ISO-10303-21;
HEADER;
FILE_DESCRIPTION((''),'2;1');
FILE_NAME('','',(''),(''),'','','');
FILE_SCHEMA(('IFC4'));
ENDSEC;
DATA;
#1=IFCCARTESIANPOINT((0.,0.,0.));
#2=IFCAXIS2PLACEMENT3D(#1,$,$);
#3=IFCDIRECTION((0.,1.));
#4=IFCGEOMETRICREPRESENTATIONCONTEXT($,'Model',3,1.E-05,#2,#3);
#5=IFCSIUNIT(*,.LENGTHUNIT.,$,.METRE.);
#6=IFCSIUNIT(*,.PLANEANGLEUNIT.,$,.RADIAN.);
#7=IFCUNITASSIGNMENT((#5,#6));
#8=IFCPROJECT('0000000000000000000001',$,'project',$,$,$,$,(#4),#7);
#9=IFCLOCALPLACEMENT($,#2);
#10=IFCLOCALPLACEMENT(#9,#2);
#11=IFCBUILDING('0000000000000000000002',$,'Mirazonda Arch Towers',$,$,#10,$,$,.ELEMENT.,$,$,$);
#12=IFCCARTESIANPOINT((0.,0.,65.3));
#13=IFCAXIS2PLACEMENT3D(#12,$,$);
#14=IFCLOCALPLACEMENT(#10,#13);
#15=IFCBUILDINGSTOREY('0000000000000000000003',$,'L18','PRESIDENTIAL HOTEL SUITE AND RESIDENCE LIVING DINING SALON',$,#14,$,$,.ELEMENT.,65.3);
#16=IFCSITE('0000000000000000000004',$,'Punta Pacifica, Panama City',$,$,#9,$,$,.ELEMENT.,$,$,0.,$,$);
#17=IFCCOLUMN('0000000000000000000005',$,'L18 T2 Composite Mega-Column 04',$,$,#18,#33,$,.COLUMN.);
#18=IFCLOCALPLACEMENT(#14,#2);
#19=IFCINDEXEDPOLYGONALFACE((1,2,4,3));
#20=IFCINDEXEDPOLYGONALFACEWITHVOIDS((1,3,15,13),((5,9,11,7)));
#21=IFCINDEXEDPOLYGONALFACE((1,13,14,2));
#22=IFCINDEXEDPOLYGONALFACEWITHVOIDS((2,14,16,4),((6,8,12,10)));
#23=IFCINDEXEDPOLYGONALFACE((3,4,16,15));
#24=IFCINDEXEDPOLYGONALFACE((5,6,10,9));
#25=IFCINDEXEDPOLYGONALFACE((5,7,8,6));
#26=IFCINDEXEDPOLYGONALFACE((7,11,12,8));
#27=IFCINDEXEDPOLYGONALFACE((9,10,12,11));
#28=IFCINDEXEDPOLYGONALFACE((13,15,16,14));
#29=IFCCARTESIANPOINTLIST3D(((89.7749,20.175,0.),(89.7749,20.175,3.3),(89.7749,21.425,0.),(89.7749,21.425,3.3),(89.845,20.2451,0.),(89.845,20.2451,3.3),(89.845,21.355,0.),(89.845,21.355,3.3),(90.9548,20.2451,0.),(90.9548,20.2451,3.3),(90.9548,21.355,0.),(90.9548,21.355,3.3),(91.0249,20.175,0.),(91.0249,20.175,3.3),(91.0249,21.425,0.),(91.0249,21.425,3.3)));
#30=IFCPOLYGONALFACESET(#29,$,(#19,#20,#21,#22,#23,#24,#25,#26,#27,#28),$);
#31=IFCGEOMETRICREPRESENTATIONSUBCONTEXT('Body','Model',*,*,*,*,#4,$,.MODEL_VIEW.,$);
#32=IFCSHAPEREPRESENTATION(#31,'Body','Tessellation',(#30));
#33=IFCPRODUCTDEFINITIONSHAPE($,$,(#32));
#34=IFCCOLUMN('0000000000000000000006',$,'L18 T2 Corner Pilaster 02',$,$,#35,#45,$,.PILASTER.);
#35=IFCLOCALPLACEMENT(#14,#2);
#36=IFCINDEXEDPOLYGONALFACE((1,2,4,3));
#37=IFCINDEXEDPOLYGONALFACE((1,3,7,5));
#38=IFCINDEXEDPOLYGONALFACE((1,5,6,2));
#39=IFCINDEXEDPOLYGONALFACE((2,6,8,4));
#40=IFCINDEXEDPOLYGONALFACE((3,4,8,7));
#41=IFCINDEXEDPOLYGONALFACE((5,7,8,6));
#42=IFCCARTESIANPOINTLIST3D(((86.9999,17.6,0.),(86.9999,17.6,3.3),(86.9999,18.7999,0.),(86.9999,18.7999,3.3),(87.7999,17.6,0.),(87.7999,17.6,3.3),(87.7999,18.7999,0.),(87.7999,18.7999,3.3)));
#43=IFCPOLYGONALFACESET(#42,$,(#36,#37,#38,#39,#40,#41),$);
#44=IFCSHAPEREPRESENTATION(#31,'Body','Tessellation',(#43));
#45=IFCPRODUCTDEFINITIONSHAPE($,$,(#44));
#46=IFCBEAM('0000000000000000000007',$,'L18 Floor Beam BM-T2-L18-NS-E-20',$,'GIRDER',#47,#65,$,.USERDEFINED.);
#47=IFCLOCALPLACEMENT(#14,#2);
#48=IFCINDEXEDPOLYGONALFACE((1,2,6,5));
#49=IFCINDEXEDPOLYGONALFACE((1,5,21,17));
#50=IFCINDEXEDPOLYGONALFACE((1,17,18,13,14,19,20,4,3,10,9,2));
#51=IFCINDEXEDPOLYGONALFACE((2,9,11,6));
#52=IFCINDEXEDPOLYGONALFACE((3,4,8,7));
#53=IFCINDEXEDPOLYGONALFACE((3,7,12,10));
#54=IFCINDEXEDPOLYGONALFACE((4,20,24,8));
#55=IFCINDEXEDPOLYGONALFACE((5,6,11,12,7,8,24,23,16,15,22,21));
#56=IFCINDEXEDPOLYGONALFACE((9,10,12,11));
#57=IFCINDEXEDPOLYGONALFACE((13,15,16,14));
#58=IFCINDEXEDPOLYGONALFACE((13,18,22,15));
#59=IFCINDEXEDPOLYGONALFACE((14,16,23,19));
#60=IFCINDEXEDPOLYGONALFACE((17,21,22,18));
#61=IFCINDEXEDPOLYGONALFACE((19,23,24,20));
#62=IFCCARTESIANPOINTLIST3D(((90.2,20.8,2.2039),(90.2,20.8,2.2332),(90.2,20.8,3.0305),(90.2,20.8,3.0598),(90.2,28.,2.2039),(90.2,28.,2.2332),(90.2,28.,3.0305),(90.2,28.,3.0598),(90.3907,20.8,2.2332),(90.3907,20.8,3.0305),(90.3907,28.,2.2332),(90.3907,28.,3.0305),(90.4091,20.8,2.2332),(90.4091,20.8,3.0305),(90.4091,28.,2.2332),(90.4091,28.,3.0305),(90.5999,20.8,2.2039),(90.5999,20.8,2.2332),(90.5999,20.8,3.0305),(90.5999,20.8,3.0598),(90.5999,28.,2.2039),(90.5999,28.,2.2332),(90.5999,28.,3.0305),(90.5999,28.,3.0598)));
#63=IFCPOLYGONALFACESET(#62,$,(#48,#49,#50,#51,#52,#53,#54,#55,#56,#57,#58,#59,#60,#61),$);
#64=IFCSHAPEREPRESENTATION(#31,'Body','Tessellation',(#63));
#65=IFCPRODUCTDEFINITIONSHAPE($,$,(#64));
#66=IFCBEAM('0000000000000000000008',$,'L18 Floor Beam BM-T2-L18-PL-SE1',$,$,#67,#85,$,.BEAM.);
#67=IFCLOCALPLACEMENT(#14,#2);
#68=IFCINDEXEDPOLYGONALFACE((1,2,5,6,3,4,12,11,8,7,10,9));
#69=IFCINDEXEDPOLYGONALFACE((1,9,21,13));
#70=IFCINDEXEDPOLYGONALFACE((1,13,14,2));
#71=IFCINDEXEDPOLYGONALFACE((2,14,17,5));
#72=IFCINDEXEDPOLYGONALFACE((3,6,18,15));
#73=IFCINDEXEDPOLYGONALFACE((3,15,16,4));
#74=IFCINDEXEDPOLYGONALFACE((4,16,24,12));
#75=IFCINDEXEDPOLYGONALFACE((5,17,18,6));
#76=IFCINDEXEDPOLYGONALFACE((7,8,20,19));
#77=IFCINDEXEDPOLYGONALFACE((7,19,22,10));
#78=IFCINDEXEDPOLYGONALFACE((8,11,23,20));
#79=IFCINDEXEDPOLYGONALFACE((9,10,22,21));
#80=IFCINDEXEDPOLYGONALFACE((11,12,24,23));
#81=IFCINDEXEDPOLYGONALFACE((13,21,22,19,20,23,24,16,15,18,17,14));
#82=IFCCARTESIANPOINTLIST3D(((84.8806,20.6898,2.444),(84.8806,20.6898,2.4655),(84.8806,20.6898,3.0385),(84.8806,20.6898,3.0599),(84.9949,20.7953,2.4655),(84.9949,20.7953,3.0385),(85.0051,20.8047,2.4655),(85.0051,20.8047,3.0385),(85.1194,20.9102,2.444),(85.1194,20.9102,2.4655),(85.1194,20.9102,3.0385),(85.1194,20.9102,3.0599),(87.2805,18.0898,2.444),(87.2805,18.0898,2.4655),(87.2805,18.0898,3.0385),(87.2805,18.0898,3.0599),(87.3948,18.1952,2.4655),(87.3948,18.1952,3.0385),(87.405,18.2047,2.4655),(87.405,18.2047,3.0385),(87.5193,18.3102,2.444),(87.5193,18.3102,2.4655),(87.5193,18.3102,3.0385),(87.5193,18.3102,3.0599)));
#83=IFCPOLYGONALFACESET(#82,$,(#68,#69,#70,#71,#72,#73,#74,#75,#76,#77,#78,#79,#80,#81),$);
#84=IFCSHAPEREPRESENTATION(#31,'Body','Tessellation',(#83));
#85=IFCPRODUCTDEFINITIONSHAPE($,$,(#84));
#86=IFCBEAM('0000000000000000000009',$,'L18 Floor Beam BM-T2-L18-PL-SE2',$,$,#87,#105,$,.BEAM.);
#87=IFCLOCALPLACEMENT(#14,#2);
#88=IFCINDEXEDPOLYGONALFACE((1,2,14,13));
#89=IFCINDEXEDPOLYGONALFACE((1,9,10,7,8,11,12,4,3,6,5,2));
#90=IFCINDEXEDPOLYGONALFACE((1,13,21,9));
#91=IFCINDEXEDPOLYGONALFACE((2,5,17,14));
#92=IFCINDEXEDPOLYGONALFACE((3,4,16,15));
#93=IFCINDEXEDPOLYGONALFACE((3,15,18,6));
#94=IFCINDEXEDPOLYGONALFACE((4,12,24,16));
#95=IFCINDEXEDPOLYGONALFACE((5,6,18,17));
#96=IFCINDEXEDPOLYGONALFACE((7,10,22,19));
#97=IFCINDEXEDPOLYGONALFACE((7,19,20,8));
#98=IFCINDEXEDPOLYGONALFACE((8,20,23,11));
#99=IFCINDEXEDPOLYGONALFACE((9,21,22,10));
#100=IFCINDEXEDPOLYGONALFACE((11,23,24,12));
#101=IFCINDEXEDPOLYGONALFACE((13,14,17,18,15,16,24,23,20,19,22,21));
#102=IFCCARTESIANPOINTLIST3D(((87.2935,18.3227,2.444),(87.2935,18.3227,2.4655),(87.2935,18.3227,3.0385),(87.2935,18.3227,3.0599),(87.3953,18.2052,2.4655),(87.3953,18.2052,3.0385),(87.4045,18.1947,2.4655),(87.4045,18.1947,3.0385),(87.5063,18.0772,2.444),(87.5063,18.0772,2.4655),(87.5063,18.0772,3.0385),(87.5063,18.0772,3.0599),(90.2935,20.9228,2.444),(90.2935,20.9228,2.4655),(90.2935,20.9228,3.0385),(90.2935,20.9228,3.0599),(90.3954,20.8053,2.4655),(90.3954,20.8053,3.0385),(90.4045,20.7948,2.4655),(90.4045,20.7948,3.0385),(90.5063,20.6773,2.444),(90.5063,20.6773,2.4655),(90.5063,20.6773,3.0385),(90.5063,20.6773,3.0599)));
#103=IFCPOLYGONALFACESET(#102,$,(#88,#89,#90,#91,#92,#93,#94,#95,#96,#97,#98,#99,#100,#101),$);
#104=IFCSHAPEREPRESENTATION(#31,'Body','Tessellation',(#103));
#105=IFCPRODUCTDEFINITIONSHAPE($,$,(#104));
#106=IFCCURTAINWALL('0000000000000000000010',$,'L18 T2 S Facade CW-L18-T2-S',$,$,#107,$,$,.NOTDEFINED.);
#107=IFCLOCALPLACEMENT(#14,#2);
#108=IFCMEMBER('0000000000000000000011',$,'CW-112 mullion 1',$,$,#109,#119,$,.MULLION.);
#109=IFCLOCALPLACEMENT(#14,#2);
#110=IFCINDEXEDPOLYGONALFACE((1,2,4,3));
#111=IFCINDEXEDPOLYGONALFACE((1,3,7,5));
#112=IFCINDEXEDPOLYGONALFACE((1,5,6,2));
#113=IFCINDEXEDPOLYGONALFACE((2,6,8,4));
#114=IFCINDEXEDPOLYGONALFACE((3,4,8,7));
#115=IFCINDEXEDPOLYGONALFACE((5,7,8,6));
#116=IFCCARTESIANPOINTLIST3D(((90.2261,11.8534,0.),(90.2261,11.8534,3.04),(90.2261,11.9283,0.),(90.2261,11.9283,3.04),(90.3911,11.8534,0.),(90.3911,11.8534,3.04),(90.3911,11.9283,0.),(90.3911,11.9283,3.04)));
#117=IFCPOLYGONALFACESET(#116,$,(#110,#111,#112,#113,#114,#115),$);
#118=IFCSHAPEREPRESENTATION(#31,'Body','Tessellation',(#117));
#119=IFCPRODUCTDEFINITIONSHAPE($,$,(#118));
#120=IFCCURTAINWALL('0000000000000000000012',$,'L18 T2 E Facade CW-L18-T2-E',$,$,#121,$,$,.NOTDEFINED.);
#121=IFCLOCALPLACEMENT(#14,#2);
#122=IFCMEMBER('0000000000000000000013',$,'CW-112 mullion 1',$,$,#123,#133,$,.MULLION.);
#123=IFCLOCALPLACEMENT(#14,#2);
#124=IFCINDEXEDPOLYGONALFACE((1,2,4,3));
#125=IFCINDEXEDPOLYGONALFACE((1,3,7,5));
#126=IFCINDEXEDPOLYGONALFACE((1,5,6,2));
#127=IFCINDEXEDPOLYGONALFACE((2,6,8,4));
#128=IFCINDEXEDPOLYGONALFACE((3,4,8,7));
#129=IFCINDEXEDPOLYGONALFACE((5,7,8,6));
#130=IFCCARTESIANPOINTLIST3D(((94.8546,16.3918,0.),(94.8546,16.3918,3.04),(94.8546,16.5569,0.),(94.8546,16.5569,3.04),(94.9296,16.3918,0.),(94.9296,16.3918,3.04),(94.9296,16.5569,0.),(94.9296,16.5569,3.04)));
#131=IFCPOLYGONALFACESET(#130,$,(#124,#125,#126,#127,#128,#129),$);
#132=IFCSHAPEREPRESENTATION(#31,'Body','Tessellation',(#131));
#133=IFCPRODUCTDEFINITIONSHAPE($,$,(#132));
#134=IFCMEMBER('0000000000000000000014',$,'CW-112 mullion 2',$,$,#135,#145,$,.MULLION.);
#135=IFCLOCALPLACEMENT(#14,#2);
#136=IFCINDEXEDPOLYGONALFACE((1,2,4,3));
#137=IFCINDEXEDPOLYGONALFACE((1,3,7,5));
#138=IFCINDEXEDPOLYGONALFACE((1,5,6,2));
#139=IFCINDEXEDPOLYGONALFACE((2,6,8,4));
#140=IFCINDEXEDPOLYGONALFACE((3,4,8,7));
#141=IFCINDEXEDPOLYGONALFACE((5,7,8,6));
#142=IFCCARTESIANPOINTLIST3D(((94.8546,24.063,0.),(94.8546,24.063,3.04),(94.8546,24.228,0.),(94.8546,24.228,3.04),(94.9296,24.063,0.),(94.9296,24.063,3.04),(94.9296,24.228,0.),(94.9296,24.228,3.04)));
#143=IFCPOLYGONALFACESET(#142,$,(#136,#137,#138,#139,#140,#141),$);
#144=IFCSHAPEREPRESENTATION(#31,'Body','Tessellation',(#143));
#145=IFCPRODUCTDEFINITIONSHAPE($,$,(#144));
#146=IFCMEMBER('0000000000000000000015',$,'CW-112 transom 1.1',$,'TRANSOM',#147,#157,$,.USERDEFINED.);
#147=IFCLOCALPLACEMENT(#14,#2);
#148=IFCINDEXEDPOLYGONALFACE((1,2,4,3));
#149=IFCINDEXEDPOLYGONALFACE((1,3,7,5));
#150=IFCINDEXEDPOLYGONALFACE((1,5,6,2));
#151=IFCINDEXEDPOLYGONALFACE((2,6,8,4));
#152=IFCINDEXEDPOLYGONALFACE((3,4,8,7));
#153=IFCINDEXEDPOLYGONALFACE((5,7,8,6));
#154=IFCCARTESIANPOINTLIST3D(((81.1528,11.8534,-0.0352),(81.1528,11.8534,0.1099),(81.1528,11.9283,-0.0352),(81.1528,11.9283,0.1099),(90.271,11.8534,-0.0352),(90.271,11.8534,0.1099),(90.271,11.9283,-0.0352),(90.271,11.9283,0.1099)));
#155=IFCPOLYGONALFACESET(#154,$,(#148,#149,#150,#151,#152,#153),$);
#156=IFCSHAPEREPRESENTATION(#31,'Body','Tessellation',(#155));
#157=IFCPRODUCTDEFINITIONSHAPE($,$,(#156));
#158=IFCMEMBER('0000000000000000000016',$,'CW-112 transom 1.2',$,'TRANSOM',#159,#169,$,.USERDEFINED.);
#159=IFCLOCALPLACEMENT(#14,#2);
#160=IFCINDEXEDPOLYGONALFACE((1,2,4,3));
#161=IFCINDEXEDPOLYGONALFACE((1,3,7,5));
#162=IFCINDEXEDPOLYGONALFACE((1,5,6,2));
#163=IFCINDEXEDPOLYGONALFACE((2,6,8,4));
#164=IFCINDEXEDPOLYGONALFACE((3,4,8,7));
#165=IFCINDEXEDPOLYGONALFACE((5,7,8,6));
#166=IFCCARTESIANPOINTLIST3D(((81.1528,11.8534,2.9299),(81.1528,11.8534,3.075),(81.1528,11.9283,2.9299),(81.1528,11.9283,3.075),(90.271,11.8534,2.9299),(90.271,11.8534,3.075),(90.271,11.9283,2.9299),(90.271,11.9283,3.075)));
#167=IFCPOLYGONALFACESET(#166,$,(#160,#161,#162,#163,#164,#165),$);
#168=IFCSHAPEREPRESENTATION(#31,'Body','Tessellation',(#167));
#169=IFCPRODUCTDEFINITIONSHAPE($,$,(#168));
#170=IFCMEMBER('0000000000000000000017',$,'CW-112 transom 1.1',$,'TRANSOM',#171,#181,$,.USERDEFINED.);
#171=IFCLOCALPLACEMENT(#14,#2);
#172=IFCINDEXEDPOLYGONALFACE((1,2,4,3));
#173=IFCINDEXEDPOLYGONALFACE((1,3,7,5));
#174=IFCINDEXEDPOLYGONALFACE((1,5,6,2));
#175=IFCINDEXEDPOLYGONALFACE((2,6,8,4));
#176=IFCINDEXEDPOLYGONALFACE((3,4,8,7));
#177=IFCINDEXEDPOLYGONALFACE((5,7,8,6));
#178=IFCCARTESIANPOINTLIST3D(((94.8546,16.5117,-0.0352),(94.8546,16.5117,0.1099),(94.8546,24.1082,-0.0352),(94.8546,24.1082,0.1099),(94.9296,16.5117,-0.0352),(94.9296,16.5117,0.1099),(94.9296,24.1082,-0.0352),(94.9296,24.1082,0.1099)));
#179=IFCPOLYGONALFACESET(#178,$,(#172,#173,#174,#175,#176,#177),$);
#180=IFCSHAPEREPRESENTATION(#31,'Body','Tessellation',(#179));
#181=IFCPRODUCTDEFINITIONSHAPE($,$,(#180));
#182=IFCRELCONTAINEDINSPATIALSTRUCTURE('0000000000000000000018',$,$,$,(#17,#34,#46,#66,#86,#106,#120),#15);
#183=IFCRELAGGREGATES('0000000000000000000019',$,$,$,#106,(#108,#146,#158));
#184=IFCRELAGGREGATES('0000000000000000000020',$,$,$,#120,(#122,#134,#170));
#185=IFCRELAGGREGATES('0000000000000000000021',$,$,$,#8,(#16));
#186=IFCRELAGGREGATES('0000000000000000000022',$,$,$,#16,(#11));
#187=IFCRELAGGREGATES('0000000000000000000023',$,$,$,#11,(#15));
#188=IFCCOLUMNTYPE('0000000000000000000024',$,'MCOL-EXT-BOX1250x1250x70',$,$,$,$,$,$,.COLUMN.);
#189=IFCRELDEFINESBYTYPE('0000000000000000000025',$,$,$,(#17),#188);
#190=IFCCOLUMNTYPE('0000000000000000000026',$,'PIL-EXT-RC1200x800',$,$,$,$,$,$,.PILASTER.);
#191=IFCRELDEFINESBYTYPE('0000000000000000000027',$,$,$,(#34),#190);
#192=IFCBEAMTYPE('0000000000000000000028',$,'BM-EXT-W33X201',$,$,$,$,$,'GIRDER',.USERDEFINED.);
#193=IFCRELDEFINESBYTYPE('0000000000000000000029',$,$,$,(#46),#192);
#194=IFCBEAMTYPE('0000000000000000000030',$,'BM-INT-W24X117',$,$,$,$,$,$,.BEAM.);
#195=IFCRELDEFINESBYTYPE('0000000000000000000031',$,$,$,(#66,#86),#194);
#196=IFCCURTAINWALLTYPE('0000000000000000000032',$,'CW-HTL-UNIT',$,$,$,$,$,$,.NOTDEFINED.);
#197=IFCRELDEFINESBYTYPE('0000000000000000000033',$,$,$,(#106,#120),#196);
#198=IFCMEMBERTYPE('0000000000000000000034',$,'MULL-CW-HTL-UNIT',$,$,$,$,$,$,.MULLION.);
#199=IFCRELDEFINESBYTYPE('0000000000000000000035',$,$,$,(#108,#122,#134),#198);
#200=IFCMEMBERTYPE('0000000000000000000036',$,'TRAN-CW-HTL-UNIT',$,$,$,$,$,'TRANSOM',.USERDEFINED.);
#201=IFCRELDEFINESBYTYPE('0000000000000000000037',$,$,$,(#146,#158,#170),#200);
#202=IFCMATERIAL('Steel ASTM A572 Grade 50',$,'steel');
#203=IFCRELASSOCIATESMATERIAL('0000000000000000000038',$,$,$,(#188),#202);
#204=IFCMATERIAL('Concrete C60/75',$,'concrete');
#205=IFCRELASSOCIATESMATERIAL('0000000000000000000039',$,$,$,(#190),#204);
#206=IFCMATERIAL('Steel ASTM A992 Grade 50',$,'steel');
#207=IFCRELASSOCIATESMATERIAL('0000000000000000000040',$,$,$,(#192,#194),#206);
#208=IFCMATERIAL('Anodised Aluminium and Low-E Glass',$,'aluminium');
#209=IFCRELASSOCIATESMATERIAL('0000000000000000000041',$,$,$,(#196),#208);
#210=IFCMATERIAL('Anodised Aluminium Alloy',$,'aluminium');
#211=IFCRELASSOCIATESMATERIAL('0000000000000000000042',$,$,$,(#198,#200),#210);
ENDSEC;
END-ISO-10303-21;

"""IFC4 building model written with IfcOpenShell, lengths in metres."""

from ifc_helpers import new_model, si_unit, direction, frame, origin, origin_2d, place, context, subcontext, project, spatial, rectangle, hollow_rectangle, i_section, extrude, material, material_profile, profile_set, type_object, element, aggregate, save


model = new_model("IFC4")

# Units and contexts
model_context = context("Model", 3, precision=1e-05, world=origin(), true_north=direction((0.0, 1.0)))
body_context = subcontext(model_context, "Body", "Model", "MODEL_VIEW")
ifc_project = project(units=[si_unit("LENGTHUNIT", "METRE"), si_unit("PLANEANGLEUNIT", "RADIAN")], contexts=[model_context])

# Site, building, storey
site_placement = place(None, origin())
site = spatial("IfcSite", under=ifc_project, at=site_placement, Name="Punta Pacifica, Panama City", CompositionType="ELEMENT", RefElevation=0.0)
building_placement = place(site_placement, origin())
building = spatial("IfcBuilding", under=site, at=building_placement, Name="Mirazonda Arch Towers", CompositionType="ELEMENT")
storey_placement = place(building_placement, frame((0.0, 0.0, 65.3)))
storey = spatial("IfcBuildingStorey", under=building, at=storey_placement, Name="L18", Description="PRESIDENTIAL HOTEL SUITE AND RESIDENCE LIVING DINING SALON", CompositionType="ELEMENT", Elevation=65.3)

# Columns
ifc_material_1 = material(Name="Steel ASTM A572 Grade 50", Category="steel")
ifc_material_profile_1 = material_profile(ifc_material_1, hollow_rectangle(XDim=1.25, YDim=1.25, WallThickness=0.0701, at=origin_2d()), Name="BOX1250x1250x70")
ifc_profile_set_1 = profile_set([ifc_material_profile_1], Name="Steel ASTM A572 Grade 50")
column_type_1 = type_object("IfcColumnType", Name="MCOL-EXT-BOX1250x1250x70", PredefinedType="COLUMN", material=ifc_profile_set_1)
column_1_placement = place(storey_placement, frame((90.3999, 20.8, 0.0), z_axis=(0.0, 0.0, 1.0), x_axis=(1.0, 0.0, 0.0)))
element("IfcColumn", 1, at=column_1_placement, inside=storey, type_object=column_type_1, Name="L18 T2 Composite Mega-Column 04", PredefinedType="COLUMN", context=body_context, shape_type="SweptSolid", body=[
    extrude(hollow_rectangle(XDim=1.25, YDim=1.25, WallThickness=0.0701, at=origin_2d()), origin(), (0.0, 0.0, 1.0), 3.3),
])
ifc_material_2 = material(Name="Concrete C60/75", Category="concrete")
ifc_material_profile_2 = material_profile(ifc_material_2, rectangle(XDim=0.8, YDim=1.2, at=origin_2d()), Name="RC1200x800")
ifc_profile_set_2 = profile_set([ifc_material_profile_2], Name="Concrete C60/75")
column_type_2 = type_object("IfcColumnType", Name="PIL-EXT-RC1200x800", PredefinedType="PILASTER", material=ifc_profile_set_2)
column_2_placement = place(storey_placement, frame((87.3999, 18.2, 0.0), z_axis=(0.0, 0.0, 1.0), x_axis=(1.0, 0.0, 0.0)))
element("IfcColumn", 2, at=column_2_placement, inside=storey, type_object=column_type_2, Name="L18 T2 Corner Pilaster 02", PredefinedType="PILASTER", context=body_context, shape_type="SweptSolid", body=[
    extrude(rectangle(XDim=0.8, YDim=1.2, at=origin_2d()), origin(), (0.0, 0.0, 1.0), 3.3),
])

# Beams
ifc_material_3 = material(Name="Steel ASTM A992 Grade 50", Category="steel")
ifc_material_profile_3 = material_profile(ifc_material_3, i_section(OverallWidth=0.3999, OverallDepth=0.856, WebThickness=0.0183, FlangeThickness=0.0293, at=origin_2d()), Name="W33X201")
ifc_profile_set_3 = profile_set([ifc_material_profile_3], Name="Steel ASTM A992 Grade 50")
beam_type_1 = type_object("IfcBeamType", Name="BM-EXT-W33X201", ElementType="GIRDER", PredefinedType="USERDEFINED", material=ifc_profile_set_3)
beam_1_placement = place(storey_placement, frame((90.3999, 20.8, 2.6318), z_axis=(0.0, 1.0, 0.0), x_axis=(-1.0, 0.0, 0.0)))
element("IfcBeam", 3, at=beam_1_placement, inside=storey, type_object=beam_type_1, Name="L18 Floor Beam BM-T2-L18-NS-E-20", ObjectType="GIRDER", PredefinedType="USERDEFINED", context=body_context, shape_type="SweptSolid", body=[
    extrude(i_section(OverallWidth=0.3999, OverallDepth=0.856, WebThickness=0.0183, FlangeThickness=0.0293, at=origin_2d()), origin(), (0.0, 0.0, 1.0), 7.2),
])
ifc_material_profile_4 = material_profile(ifc_material_3, i_section(OverallWidth=0.325, OverallDepth=0.616, WebThickness=0.0139, FlangeThickness=0.0215, at=origin_2d()), Name="W24X117")
ifc_profile_set_4 = profile_set([ifc_material_profile_4], Name="Steel ASTM A992 Grade 50")
beam_type_2 = type_object("IfcBeamType", Name="BM-INT-W24X117", PredefinedType="BEAM", material=ifc_profile_set_4)
beam_2_placement = place(storey_placement, frame((87.3999, 18.2, 2.752), z_axis=(-0.678251, 0.73483, 0.0), x_axis=(-0.73483, -0.678251, 0.0)))
element("IfcBeam", 4, at=beam_2_placement, inside=storey, type_object=beam_type_2, Name="L18 Floor Beam BM-T2-L18-PL-SE1", PredefinedType="BEAM", context=body_context, shape_type="SweptSolid", body=[
    extrude(i_section(OverallWidth=0.325, OverallDepth=0.616, WebThickness=0.0139, FlangeThickness=0.0215, at=origin_2d()), origin(), (0.0, 0.0, 1.0), 3.5383),
])
beam_3_placement = place(storey_placement, frame((87.3999, 18.2, 2.752), z_axis=(0.755677, 0.654945, 0.0), x_axis=(-0.654945, 0.755677, 0.0)))
element("IfcBeam", 5, at=beam_3_placement, inside=storey, type_object=beam_type_2, Name="L18 Floor Beam BM-T2-L18-PL-SE2", PredefinedType="BEAM", context=body_context, shape_type="SweptSolid", body=[
    extrude(i_section(OverallWidth=0.325, OverallDepth=0.616, WebThickness=0.0139, FlangeThickness=0.0215, at=origin_2d()), origin(), (0.0, 0.0, 1.0), 3.97),
])

# Curtain wall, member
ifc_material_4 = material(Name="Anodised Aluminium and Low-E Glass", Category="aluminium")
curtain_wall_type = type_object("IfcCurtainWallType", Name="CW-HTL-UNIT", PredefinedType="NOTDEFINED", material=ifc_material_4)
curtain_wall_1_placement = place(storey_placement, origin())
curtain_wall_1 = element("IfcCurtainWall", 6, at=curtain_wall_1_placement, inside=storey, type_object=curtain_wall_type, Name="L18 T2 S Facade CW-L18-T2-S", PredefinedType="NOTDEFINED")
ifc_material_5 = material(Name="Anodised Aluminium Alloy", Category="aluminium")
ifc_material_profile_5 = material_profile(ifc_material_5, rectangle(XDim=0.075, YDim=0.165, at=origin_2d()), Name="ALU-MULL-75x165")
ifc_profile_set_5 = profile_set([ifc_material_profile_5], Name="Anodised Aluminium Alloy")
member_type_1 = type_object("IfcMemberType", Name="MULL-CW-HTL-UNIT", PredefinedType="MULLION", material=ifc_profile_set_5)
member_1_placement = place(storey_placement, frame((90.3086, 11.8909, 0.0), z_axis=(0.0, 0.0, 1.0), x_axis=(0.0, -1.0, 0.0)))
member_1 = element("IfcMember", 7, at=member_1_placement, type_object=member_type_1, Name="CW-112 mullion 1", PredefinedType="MULLION", context=body_context, shape_type="SweptSolid", body=[
    extrude(rectangle(XDim=0.075, YDim=0.165, at=origin_2d()), origin(), (0.0, 0.0, 1.0), 3.04),
])

# Curtain wall, members
curtain_wall_2_placement = place(storey_placement, origin())
curtain_wall_2 = element("IfcCurtainWall", 8, at=curtain_wall_2_placement, inside=storey, type_object=curtain_wall_type, Name="L18 T2 E Facade CW-L18-T2-E", PredefinedType="NOTDEFINED")
member_2_placement = place(storey_placement, frame((94.8921, 16.4744, 0.0), z_axis=(0.0, 0.0, 1.0), x_axis=(-1.0, 0.0, 0.0)))
member_2 = element("IfcMember", 9, at=member_2_placement, type_object=member_type_1, Name="CW-112 mullion 1", PredefinedType="MULLION", context=body_context, shape_type="SweptSolid", body=[
    extrude(rectangle(XDim=0.075, YDim=0.165, at=origin_2d()), origin(), (0.0, 0.0, 1.0), 3.04),
])
member_3_placement = place(storey_placement, frame((94.8921, 24.1455, 0.0), z_axis=(0.0, 0.0, 1.0), x_axis=(-1.0, 0.0, 0.0)))
member_3 = element("IfcMember", 10, at=member_3_placement, type_object=member_type_1, Name="CW-112 mullion 2", PredefinedType="MULLION", context=body_context, shape_type="SweptSolid", body=[
    extrude(rectangle(XDim=0.075, YDim=0.165, at=origin_2d()), origin(), (0.0, 0.0, 1.0), 3.04),
])

# Members
ifc_material_profile_6 = material_profile(ifc_material_5, rectangle(XDim=0.075, YDim=0.145, at=origin_2d()), Name="ALU-TRAN-75x145")
ifc_profile_set_6 = profile_set([ifc_material_profile_6], Name="Anodised Aluminium Alloy")
member_type_2 = type_object("IfcMemberType", Name="TRAN-CW-HTL-UNIT", ElementType="TRANSOM", PredefinedType="USERDEFINED", material=ifc_profile_set_6)
member_4_placement = place(storey_placement, frame((90.271, 11.8909, 0.0374), z_axis=(-1.0, 0.0, 0.0), x_axis=(0.0, -1.0, 0.0)))
member_4 = element("IfcMember", 11, at=member_4_placement, type_object=member_type_2, Name="CW-112 transom 1.1", ObjectType="TRANSOM", PredefinedType="USERDEFINED", context=body_context, shape_type="SweptSolid", body=[
    extrude(rectangle(XDim=0.075, YDim=0.145, at=origin_2d()), origin(), (0.0, 0.0, 1.0), 9.1182),
])
member_5_placement = place(storey_placement, frame((90.271, 11.8909, 3.0024), z_axis=(-1.0, 0.0, 0.0), x_axis=(0.0, -1.0, 0.0)))
member_5 = element("IfcMember", 12, at=member_5_placement, type_object=member_type_2, Name="CW-112 transom 1.2", ObjectType="TRANSOM", PredefinedType="USERDEFINED", context=body_context, shape_type="SweptSolid", body=[
    extrude(rectangle(XDim=0.075, YDim=0.145, at=origin_2d()), origin(), (0.0, 0.0, 1.0), 9.1182),
])
member_6_placement = place(storey_placement, frame((94.8921, 16.5117, 0.0374), z_axis=(0.0, 1.0, 0.0), x_axis=(-1.0, 0.0, 0.0)))
member_6 = element("IfcMember", 13, at=member_6_placement, type_object=member_type_2, Name="CW-112 transom 1.1", ObjectType="TRANSOM", PredefinedType="USERDEFINED", context=body_context, shape_type="SweptSolid", body=[
    extrude(rectangle(XDim=0.075, YDim=0.145, at=origin_2d()), origin(), (0.0, 0.0, 1.0), 7.5964),
])

aggregate(curtain_wall_1, [member_1, member_4, member_5])
aggregate(curtain_wall_2, [member_2, member_3, member_6])

save(model, "model.ifc")
